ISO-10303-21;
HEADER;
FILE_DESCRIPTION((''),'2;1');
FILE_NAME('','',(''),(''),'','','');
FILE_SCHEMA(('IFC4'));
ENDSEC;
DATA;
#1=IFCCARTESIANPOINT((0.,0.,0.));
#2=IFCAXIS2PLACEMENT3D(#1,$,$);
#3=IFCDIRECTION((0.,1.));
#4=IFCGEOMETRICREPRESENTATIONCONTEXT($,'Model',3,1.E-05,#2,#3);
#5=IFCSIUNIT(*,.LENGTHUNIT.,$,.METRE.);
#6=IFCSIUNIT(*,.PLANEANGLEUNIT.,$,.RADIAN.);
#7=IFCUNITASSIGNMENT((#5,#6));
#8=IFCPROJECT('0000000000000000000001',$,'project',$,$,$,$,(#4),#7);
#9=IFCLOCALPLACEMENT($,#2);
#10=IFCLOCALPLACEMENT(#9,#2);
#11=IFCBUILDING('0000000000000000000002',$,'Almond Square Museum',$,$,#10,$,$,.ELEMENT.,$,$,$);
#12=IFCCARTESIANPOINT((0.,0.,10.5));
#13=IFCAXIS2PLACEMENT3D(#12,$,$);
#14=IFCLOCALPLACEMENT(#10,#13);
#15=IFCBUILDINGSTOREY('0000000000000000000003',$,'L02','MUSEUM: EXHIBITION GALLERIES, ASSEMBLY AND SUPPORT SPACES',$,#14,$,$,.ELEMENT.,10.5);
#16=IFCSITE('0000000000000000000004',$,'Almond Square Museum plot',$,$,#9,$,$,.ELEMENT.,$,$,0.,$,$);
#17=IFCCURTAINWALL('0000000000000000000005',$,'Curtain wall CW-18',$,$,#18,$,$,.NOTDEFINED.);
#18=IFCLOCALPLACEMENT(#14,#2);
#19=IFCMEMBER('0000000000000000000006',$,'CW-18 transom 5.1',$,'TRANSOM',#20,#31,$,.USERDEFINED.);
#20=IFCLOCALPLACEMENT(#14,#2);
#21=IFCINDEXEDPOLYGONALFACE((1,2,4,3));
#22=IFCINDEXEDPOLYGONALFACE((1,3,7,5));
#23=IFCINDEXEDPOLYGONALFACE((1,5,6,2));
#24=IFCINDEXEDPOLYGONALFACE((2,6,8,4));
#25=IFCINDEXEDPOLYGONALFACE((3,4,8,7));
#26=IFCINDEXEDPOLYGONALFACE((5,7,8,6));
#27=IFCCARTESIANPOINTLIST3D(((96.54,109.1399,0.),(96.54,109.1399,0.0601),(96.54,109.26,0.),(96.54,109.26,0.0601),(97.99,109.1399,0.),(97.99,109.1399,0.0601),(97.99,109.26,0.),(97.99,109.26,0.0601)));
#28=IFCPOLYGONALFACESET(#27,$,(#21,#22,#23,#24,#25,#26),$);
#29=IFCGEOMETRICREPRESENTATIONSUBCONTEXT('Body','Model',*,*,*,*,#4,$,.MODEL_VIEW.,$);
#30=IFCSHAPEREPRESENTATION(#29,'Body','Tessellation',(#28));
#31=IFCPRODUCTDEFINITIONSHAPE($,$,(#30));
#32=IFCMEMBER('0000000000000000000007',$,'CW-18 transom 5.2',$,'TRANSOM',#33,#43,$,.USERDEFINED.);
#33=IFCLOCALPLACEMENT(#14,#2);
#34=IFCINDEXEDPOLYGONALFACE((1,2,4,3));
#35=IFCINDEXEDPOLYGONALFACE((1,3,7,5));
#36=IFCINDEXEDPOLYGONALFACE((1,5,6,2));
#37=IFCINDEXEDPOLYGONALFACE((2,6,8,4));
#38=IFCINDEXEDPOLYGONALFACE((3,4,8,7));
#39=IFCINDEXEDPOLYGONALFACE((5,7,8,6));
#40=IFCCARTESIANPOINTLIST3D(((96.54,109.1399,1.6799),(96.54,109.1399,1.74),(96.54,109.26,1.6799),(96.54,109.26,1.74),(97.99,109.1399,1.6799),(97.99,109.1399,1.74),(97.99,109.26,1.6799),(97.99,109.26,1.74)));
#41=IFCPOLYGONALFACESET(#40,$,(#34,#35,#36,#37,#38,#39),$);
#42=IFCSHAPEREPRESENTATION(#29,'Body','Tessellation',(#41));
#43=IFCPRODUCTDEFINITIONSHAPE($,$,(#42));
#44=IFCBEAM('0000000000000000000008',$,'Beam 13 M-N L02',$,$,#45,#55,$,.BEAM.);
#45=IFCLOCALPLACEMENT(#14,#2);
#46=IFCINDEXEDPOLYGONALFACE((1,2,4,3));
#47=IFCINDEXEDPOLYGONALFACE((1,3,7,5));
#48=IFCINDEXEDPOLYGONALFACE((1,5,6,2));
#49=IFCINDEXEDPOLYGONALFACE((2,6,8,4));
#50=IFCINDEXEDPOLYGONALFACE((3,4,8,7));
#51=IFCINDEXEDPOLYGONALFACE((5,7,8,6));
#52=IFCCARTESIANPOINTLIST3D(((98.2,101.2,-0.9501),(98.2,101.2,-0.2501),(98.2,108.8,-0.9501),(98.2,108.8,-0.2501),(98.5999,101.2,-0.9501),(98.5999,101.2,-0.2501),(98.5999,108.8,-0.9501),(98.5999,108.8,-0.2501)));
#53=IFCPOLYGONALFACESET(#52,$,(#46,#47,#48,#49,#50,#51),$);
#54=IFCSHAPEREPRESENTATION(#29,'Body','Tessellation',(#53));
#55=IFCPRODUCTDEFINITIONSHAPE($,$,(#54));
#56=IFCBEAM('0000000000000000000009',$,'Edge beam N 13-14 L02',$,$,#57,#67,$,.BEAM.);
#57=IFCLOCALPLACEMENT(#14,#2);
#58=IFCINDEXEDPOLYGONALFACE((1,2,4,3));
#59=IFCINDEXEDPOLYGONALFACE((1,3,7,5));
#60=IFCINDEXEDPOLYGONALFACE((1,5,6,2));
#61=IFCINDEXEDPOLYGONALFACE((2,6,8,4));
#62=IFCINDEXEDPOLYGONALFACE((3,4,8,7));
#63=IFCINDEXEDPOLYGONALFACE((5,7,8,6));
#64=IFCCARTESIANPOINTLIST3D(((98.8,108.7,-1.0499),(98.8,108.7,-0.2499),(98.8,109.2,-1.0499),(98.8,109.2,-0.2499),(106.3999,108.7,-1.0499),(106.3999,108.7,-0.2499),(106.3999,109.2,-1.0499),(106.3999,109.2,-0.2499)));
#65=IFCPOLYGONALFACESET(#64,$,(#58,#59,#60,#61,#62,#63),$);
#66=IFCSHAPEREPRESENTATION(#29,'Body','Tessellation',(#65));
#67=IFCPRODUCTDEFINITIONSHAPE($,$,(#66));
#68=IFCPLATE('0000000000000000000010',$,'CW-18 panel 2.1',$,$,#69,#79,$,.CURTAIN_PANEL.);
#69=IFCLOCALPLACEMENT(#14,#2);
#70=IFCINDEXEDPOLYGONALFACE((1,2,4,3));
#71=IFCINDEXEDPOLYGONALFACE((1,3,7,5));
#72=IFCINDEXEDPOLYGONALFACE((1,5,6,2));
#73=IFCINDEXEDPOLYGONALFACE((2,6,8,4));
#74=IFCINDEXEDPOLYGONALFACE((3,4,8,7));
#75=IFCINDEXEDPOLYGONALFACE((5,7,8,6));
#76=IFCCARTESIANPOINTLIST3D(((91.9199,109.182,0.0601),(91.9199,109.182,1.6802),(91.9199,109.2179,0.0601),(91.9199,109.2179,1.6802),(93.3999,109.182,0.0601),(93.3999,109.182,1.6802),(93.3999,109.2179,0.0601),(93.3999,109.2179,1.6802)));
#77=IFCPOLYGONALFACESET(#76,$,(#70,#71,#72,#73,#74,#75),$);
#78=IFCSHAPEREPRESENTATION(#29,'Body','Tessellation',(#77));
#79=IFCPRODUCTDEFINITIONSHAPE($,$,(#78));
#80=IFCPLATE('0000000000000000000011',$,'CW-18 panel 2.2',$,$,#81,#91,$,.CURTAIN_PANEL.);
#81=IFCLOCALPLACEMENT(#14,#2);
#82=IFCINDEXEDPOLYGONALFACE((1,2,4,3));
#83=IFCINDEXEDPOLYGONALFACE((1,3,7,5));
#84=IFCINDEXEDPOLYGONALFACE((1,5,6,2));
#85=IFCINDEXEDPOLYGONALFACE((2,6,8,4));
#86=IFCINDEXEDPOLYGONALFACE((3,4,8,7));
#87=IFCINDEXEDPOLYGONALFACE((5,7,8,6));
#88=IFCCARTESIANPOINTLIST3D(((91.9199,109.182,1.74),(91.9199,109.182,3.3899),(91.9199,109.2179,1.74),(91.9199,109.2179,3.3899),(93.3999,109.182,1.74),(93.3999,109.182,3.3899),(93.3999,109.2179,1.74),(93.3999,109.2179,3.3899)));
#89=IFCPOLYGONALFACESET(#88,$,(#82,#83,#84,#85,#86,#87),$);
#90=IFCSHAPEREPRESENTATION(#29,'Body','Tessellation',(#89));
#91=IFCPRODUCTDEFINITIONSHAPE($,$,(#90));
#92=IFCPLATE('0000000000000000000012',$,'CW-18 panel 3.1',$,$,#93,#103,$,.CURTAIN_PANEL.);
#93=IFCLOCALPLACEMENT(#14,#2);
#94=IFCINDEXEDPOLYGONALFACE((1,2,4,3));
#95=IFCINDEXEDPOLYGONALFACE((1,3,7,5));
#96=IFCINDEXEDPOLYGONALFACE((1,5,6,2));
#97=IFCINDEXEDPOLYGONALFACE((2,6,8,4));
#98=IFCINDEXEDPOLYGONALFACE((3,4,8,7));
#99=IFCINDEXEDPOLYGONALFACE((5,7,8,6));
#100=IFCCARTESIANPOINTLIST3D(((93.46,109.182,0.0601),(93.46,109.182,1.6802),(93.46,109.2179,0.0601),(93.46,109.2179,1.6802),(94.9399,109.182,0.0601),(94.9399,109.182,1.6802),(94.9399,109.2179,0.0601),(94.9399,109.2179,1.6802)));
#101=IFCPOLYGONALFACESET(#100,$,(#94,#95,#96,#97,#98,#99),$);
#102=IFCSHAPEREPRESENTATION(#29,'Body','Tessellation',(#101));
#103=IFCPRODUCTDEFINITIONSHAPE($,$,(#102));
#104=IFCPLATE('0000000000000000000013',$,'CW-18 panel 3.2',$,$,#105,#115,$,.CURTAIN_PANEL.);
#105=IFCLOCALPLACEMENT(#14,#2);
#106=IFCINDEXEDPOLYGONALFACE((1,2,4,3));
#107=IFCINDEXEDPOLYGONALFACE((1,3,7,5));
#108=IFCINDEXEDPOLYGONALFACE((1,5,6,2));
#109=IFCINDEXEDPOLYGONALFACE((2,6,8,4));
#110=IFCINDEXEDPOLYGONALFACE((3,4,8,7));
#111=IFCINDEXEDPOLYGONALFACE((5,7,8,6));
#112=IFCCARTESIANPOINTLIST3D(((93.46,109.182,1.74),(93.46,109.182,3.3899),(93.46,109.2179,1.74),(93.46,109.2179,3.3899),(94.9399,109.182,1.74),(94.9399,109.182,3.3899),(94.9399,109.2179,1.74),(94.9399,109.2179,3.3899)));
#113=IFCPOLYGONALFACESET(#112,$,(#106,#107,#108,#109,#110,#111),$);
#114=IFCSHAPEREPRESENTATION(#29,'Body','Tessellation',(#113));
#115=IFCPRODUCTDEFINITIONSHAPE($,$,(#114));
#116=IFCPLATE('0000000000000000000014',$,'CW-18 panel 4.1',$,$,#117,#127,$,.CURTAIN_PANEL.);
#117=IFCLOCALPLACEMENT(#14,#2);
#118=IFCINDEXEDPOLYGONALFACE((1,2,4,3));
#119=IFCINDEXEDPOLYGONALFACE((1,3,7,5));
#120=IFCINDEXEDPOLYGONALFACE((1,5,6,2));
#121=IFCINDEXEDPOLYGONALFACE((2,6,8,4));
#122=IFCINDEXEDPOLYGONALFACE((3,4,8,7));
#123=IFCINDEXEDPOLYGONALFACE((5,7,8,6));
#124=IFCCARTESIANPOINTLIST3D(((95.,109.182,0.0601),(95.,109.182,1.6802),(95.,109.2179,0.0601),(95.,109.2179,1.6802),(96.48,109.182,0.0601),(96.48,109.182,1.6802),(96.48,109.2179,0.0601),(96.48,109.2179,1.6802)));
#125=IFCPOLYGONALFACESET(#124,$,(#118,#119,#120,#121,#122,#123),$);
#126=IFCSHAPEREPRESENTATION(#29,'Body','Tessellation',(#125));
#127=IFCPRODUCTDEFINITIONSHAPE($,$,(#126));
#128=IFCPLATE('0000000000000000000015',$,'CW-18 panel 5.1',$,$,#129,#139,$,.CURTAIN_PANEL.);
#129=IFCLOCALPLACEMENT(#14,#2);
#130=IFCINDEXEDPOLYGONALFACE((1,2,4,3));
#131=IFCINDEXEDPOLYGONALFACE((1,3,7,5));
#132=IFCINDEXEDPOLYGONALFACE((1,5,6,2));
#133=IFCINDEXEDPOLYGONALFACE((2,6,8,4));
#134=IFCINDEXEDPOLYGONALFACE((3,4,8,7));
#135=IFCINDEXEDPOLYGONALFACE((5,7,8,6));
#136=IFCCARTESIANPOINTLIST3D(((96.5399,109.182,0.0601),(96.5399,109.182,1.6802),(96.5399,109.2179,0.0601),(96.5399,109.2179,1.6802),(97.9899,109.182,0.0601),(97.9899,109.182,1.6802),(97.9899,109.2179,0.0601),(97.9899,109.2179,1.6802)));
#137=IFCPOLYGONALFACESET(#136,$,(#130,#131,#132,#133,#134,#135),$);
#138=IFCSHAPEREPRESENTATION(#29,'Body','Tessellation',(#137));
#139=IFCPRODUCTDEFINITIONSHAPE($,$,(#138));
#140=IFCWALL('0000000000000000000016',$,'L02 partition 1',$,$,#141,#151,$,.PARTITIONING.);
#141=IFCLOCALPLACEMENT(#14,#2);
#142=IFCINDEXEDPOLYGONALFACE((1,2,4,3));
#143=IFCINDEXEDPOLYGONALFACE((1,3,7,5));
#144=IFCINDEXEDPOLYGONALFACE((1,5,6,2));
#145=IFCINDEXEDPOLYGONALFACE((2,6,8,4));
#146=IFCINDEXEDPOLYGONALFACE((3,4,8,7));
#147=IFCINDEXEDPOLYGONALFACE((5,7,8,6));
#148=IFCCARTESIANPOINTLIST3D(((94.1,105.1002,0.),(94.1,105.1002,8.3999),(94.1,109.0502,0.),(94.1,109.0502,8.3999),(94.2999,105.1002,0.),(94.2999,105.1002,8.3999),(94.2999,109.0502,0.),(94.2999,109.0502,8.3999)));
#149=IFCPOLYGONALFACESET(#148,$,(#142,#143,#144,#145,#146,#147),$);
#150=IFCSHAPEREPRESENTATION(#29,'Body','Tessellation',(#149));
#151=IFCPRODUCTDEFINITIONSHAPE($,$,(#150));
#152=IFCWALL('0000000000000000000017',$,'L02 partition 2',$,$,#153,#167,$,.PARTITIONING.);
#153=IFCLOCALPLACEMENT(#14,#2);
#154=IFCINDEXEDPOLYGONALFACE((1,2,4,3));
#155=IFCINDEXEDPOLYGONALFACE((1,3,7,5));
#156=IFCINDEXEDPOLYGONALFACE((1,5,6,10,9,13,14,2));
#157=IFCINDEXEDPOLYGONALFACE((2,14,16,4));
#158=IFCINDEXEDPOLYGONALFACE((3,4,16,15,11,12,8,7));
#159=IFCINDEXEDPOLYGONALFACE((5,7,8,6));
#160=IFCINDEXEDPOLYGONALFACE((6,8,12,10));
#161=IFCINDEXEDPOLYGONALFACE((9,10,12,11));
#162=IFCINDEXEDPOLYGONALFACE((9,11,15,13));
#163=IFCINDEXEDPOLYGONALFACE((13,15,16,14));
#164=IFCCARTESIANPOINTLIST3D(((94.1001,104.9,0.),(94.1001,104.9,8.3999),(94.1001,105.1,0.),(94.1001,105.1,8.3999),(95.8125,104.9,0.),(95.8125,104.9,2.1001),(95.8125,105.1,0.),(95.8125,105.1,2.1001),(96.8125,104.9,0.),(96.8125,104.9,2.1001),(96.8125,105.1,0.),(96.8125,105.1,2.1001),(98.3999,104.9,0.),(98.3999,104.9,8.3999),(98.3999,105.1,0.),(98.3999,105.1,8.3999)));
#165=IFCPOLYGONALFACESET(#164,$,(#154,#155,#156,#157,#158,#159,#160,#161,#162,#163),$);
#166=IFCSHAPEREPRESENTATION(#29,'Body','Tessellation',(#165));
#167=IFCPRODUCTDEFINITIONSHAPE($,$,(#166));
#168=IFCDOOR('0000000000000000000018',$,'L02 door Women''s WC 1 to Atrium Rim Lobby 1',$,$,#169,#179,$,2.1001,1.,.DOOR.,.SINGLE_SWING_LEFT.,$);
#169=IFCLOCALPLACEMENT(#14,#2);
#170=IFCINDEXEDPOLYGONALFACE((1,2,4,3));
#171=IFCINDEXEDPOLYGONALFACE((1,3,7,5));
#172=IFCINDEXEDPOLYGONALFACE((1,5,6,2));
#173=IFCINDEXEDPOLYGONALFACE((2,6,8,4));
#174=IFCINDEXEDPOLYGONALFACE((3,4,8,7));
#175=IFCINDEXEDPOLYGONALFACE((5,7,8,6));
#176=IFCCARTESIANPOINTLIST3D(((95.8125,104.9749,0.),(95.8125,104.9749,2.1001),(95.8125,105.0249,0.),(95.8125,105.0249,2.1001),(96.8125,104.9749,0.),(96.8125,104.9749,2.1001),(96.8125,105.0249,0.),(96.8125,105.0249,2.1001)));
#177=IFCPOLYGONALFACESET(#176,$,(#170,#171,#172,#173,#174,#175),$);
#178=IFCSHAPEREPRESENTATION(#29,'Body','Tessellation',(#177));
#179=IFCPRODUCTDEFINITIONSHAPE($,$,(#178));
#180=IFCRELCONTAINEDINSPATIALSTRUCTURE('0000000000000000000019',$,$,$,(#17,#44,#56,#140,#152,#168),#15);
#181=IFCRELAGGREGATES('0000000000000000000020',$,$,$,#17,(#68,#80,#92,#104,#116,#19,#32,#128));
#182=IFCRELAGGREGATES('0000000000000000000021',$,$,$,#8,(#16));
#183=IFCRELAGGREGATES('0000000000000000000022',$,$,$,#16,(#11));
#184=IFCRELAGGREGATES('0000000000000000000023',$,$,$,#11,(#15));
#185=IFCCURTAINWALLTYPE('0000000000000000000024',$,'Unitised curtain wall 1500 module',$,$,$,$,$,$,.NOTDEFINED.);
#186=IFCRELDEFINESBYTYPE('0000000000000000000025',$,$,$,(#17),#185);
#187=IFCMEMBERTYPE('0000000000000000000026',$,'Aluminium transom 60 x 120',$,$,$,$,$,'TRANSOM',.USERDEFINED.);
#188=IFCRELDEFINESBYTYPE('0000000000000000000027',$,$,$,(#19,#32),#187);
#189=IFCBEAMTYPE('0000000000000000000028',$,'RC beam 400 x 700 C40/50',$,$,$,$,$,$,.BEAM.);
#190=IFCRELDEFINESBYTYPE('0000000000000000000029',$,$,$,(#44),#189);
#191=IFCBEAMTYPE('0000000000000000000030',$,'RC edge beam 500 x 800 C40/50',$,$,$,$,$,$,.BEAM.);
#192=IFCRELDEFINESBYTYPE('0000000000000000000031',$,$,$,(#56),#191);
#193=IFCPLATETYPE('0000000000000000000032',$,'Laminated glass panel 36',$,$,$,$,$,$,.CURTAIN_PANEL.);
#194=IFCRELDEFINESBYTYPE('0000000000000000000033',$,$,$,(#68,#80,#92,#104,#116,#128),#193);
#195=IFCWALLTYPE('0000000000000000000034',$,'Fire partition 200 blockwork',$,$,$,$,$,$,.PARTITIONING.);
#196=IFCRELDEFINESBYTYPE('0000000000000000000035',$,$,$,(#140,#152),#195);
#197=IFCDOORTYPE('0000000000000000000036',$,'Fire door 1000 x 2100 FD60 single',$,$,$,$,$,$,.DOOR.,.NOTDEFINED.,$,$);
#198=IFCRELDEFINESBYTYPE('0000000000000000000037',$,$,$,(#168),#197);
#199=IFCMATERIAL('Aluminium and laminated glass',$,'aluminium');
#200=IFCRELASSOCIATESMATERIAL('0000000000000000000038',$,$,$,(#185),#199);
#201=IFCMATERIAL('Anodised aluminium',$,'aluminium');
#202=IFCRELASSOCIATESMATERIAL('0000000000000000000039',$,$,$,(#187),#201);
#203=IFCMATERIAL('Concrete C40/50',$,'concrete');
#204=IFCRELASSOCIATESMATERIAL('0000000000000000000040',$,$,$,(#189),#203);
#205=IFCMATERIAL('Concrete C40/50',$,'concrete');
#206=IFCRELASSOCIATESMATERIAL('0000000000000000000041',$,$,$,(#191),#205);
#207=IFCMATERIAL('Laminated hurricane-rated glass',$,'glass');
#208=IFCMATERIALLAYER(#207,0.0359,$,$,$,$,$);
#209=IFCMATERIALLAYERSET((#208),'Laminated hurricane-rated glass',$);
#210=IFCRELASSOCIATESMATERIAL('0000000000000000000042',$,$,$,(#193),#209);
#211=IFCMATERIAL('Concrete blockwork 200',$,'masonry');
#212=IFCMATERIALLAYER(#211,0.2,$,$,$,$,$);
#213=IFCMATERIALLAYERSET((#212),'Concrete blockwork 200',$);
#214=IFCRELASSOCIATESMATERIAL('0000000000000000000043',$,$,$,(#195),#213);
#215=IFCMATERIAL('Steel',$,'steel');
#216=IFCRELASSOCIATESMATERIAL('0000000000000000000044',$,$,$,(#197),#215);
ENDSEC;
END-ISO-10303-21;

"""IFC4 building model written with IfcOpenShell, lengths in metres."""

from ifc_helpers import new_model, si_unit, direction, frame, frame_2d, origin, origin_2d, place, context, subcontext, project, spatial, rectangle, extrude, material, layer, layer_set, material_profile, profile_set, type_object, element, fill, aggregate, save


model = new_model("IFC4")

# Units and contexts
model_context = context("Model", 3, precision=1e-05, world=origin(), true_north=direction((0.0, 1.0)))
body_context = subcontext(model_context, "Body", "Model", "MODEL_VIEW")
ifc_project = project(units=[si_unit("LENGTHUNIT", "METRE"), si_unit("PLANEANGLEUNIT", "RADIAN")], contexts=[model_context])

# Site, building, storey
site_placement = place(None, origin())
site = spatial("IfcSite", under=ifc_project, at=site_placement, Name="Almond Square Museum plot", CompositionType="ELEMENT", RefElevation=0.0)
building_placement = place(site_placement, origin())
building = spatial("IfcBuilding", under=site, at=building_placement, Name="Almond Square Museum", CompositionType="ELEMENT")
storey_placement = place(building_placement, frame((0.0, 0.0, 10.5)))
storey = spatial("IfcBuildingStorey", under=building, at=storey_placement, Name="L02", Description="MUSEUM: EXHIBITION GALLERIES, ASSEMBLY AND SUPPORT SPACES", CompositionType="ELEMENT", Elevation=10.5)

# Shared definitions
ifc_material_1 = material(Name="Aluminium and laminated glass", Category="aluminium")
curtain_wall_type = type_object("IfcCurtainWallType", Name="Unitised curtain wall 1500 module", PredefinedType="NOTDEFINED", material=ifc_material_1)

# Curtain wall
curtain_wall_1_placement = place(storey_placement, origin())
curtain_wall_1 = element("IfcCurtainWall", 1, at=curtain_wall_1_placement, inside=storey, type_object=curtain_wall_type, Name="Curtain wall CW-18", PredefinedType="NOTDEFINED")

# Members
ifc_material_2 = material(Name="Anodised aluminium", Category="aluminium")
ifc_material_profile_1 = material_profile(ifc_material_2, rectangle(XDim=0.1201, YDim=0.0601, at=origin_2d()))
ifc_profile_set_1 = profile_set([ifc_material_profile_1], Name="Anodised aluminium")
member_type_1 = type_object("IfcMemberType", Name="Aluminium transom 60 x 120", ElementType="TRANSOM", PredefinedType="USERDEFINED", material=ifc_profile_set_1)
member_1_placement = place(storey_placement, frame((96.54, 109.2, 0.03), z_axis=(1.0, 0.0, 0.0), x_axis=(0.0, 1.0, 0.0)))
member_1 = element("IfcMember", 2, at=member_1_placement, type_object=member_type_1, Name="CW-18 transom 5.1", ObjectType="TRANSOM", PredefinedType="USERDEFINED", context=body_context, shape_type="SweptSolid", body=[
    extrude(rectangle(XDim=0.1201, YDim=0.0601, at=origin_2d()), origin(), (0.0, 0.0, 1.0), 1.45),
])
member_2_placement = place(storey_placement, frame((96.54, 109.2, 1.71), z_axis=(1.0, 0.0, 0.0), x_axis=(0.0, 1.0, 0.0)))
member_2 = element("IfcMember", 3, at=member_2_placement, type_object=member_type_1, Name="CW-18 transom 5.2", ObjectType="TRANSOM", PredefinedType="USERDEFINED", context=body_context, shape_type="SweptSolid", body=[
    extrude(rectangle(XDim=0.1201, YDim=0.0601, at=origin_2d()), origin(), (0.0, 0.0, 1.0), 1.45),
])

# Beams
ifc_material_3 = material(Name="Concrete C40/50", Category="concrete")
ifc_material_profile_2 = material_profile(ifc_material_3, rectangle(XDim=0.3999, YDim=0.7, at=origin_2d()))
ifc_profile_set_2 = profile_set([ifc_material_profile_2], Name="Concrete C40/50")
beam_type_1 = type_object("IfcBeamType", Name="RC beam 400 x 700 C40/50", PredefinedType="BEAM", material=ifc_profile_set_2)
beam_1_placement = place(storey_placement, frame((98.3999, 101.2, -0.6001), z_axis=(0.0, 1.0, 0.0), x_axis=(-1.0, 0.0, 0.0)))
element("IfcBeam", 4, at=beam_1_placement, inside=storey, type_object=beam_type_1, Name="Beam 13 M-N L02", PredefinedType="BEAM", context=body_context, shape_type="SweptSolid", body=[
    extrude(rectangle(XDim=0.3999, YDim=0.7, at=origin_2d()), origin(), (0.0, 0.0, 1.0), 7.6001),
])
ifc_material_4 = material(Name="Concrete C40/50", Category="concrete")
ifc_material_profile_3 = material_profile(ifc_material_4, rectangle(XDim=0.5, YDim=0.8, at=origin_2d()))
ifc_profile_set_3 = profile_set([ifc_material_profile_3], Name="Concrete C40/50")
beam_type_2 = type_object("IfcBeamType", Name="RC edge beam 500 x 800 C40/50", PredefinedType="BEAM", material=ifc_profile_set_3)
beam_2_placement = place(storey_placement, frame((98.8, 108.95, -0.6499), z_axis=(1.0, 0.0, 0.0), x_axis=(0.0, 1.0, 0.0)))
element("IfcBeam", 5, at=beam_2_placement, inside=storey, type_object=beam_type_2, Name="Edge beam N 13-14 L02", PredefinedType="BEAM", context=body_context, shape_type="SweptSolid", body=[
    extrude(rectangle(XDim=0.5, YDim=0.8, at=origin_2d()), origin(), (0.0, 0.0, 1.0), 7.5999),
])

# Plates
ifc_material_5 = material(Name="Laminated hurricane-rated glass", Category="glass")
ifc_layer_1 = layer(ifc_material_5, 0.0359)
ifc_layer_set_1 = layer_set([ifc_layer_1], Name="Laminated hurricane-rated glass")
plate_type = type_object("IfcPlateType", Name="Laminated glass panel 36", PredefinedType="CURTAIN_PANEL", material=ifc_layer_set_1)
plate_1_placement = place(storey_placement, frame((92.6599, 109.2, 0.0601), z_axis=(0.0, 0.0, 1.0), x_axis=(1.0, 0.0, 0.0)))
plate_1 = element("IfcPlate", 6, at=plate_1_placement, type_object=plate_type, Name="CW-18 panel 2.1", PredefinedType="CURTAIN_PANEL", context=body_context, shape_type="SweptSolid", body=[
    extrude(rectangle(XDim=1.48, YDim=0.0359, at=origin_2d()), origin(), (0.0, 0.0, 1.0), 1.6201),
])
plate_2_placement = place(storey_placement, frame((92.6599, 109.2, 1.74), z_axis=(0.0, 0.0, 1.0), x_axis=(1.0, 0.0, 0.0)))
plate_2 = element("IfcPlate", 7, at=plate_2_placement, type_object=plate_type, Name="CW-18 panel 2.2", PredefinedType="CURTAIN_PANEL", context=body_context, shape_type="SweptSolid", body=[
    extrude(rectangle(XDim=1.48, YDim=0.0359, at=origin_2d()), origin(), (0.0, 0.0, 1.0), 1.6499),
])
plate_3_placement = place(storey_placement, frame((94.2, 109.2, 0.0601), z_axis=(0.0, 0.0, 1.0), x_axis=(1.0, 0.0, 0.0)))
plate_3 = element("IfcPlate", 8, at=plate_3_placement, type_object=plate_type, Name="CW-18 panel 3.1", PredefinedType="CURTAIN_PANEL", context=body_context, shape_type="SweptSolid", body=[
    extrude(rectangle(XDim=1.48, YDim=0.0359, at=origin_2d()), origin(), (0.0, 0.0, 1.0), 1.6201),
])
plate_4_placement = place(storey_placement, frame((94.2, 109.2, 1.74), z_axis=(0.0, 0.0, 1.0), x_axis=(1.0, 0.0, 0.0)))
plate_4 = element("IfcPlate", 9, at=plate_4_placement, type_object=plate_type, Name="CW-18 panel 3.2", PredefinedType="CURTAIN_PANEL", context=body_context, shape_type="SweptSolid", body=[
    extrude(rectangle(XDim=1.48, YDim=0.0359, at=origin_2d()), origin(), (0.0, 0.0, 1.0), 1.6499),
])
plate_5_placement = place(storey_placement, frame((95.74, 109.2, 0.0601), z_axis=(0.0, 0.0, 1.0), x_axis=(1.0, 0.0, 0.0)))
plate_5 = element("IfcPlate", 10, at=plate_5_placement, type_object=plate_type, Name="CW-18 panel 4.1", PredefinedType="CURTAIN_PANEL", context=body_context, shape_type="SweptSolid", body=[
    extrude(rectangle(XDim=1.48, YDim=0.0359, at=origin_2d()), origin(), (0.0, 0.0, 1.0), 1.6201),
])
plate_6_placement = place(storey_placement, frame((97.2649, 109.2, 0.0601), z_axis=(0.0, 0.0, 1.0), x_axis=(1.0, 0.0, 0.0)))
plate_6 = element("IfcPlate", 11, at=plate_6_placement, type_object=plate_type, Name="CW-18 panel 5.1", PredefinedType="CURTAIN_PANEL", context=body_context, shape_type="SweptSolid", body=[
    extrude(rectangle(XDim=1.45, YDim=0.0359, at=origin_2d()), origin(), (0.0, 0.0, 1.0), 1.6201),
])
aggregate(curtain_wall_1, [plate_1, plate_2, plate_3, plate_4, plate_5, member_1, member_2, plate_6])

# Wall
ifc_material_6 = material(Name="Concrete blockwork 200", Category="masonry")
ifc_layer_2 = layer(ifc_material_6, 0.2)
ifc_layer_set_2 = layer_set([ifc_layer_2], Name="Concrete blockwork 200")
wall_type_1 = type_object("IfcWallType", Name="Fire partition 200 blockwork", PredefinedType="PARTITIONING", material=ifc_layer_set_2)
wall_1_placement = place(storey_placement, frame((94.2, 105.1001, 0.0), z_axis=(0.0, 0.0, 1.0), x_axis=(0.0, 1.0, 0.0)))
element("IfcWall", 12, at=wall_1_placement, inside=storey, type_object=wall_type_1, Name="L02 partition 1", PredefinedType="PARTITIONING", context=body_context, shape_type="SweptSolid", body=[
    extrude(rectangle(XDim=3.95, YDim=0.2, at=frame_2d((1.9751, 0.0))), origin(), (0.0, 0.0, 1.0), 8.3999),
])

# Wall, opening, door
wall_2_placement = place(storey_placement, frame((94.1001, 105.0, 0.0), z_axis=(0.0, 0.0, 1.0), x_axis=(1.0, 0.0, 0.0)))
wall_2 = element("IfcWall", 13, at=wall_2_placement, inside=storey, type_object=wall_type_1, Name="L02 partition 2", PredefinedType="PARTITIONING", context=body_context, shape_type="SweptSolid", body=[
    extrude(rectangle(XDim=4.2998, YDim=0.2, at=frame_2d((2.1499, 0.0))), origin(), (0.0, 0.0, 1.0), 8.3999),
])
opening_1_placement = place(wall_2_placement, frame((1.7124, 0.0, 0.0)))
opening_1 = element("IfcOpeningElement", 14, at=opening_1_placement, cuts=wall_2, PredefinedType="OPENING", context=body_context, shape_type="SweptSolid", body=[
    extrude(rectangle(XDim=1.0, YDim=2.1001, at=frame_2d((0.5, 1.05))), frame((0.0, 0.1099, 0.0), z_axis=(0.0, -1.0, 0.0), x_axis=(1.0, 0.0, 0.0)), (0.0, 0.0, 1.0), 0.22),
])
ifc_material_7 = material(Name="Steel", Category="steel")
door_type = type_object("IfcDoorType", Name="Fire door 1000 x 2100 FD60 single", OperationType="NOTDEFINED", PredefinedType="DOOR", material=ifc_material_7)
door_1_placement = place(opening_1_placement, origin())
door_1 = element("IfcDoor", 15, at=door_1_placement, inside=storey, type_object=door_type, Name="L02 door Women's WC 1 to Atrium Rim Lobby 1", OperationType="SINGLE_SWING_LEFT", OverallHeight=2.1001, OverallWidth=1.0, PredefinedType="DOOR", context=body_context, shape_type="SweptSolid", body=[
    extrude(rectangle(XDim=1.0, YDim=2.1001, at=frame_2d((0.5, 1.05))), frame((0.0, 0.0249, 0.0), z_axis=(0.0, -1.0, 0.0), x_axis=(1.0, 0.0, 0.0)), (0.0, 0.0, 1.0), 0.05),
])
fill(opening_1, door_1)

save(model, "model.ifc")
